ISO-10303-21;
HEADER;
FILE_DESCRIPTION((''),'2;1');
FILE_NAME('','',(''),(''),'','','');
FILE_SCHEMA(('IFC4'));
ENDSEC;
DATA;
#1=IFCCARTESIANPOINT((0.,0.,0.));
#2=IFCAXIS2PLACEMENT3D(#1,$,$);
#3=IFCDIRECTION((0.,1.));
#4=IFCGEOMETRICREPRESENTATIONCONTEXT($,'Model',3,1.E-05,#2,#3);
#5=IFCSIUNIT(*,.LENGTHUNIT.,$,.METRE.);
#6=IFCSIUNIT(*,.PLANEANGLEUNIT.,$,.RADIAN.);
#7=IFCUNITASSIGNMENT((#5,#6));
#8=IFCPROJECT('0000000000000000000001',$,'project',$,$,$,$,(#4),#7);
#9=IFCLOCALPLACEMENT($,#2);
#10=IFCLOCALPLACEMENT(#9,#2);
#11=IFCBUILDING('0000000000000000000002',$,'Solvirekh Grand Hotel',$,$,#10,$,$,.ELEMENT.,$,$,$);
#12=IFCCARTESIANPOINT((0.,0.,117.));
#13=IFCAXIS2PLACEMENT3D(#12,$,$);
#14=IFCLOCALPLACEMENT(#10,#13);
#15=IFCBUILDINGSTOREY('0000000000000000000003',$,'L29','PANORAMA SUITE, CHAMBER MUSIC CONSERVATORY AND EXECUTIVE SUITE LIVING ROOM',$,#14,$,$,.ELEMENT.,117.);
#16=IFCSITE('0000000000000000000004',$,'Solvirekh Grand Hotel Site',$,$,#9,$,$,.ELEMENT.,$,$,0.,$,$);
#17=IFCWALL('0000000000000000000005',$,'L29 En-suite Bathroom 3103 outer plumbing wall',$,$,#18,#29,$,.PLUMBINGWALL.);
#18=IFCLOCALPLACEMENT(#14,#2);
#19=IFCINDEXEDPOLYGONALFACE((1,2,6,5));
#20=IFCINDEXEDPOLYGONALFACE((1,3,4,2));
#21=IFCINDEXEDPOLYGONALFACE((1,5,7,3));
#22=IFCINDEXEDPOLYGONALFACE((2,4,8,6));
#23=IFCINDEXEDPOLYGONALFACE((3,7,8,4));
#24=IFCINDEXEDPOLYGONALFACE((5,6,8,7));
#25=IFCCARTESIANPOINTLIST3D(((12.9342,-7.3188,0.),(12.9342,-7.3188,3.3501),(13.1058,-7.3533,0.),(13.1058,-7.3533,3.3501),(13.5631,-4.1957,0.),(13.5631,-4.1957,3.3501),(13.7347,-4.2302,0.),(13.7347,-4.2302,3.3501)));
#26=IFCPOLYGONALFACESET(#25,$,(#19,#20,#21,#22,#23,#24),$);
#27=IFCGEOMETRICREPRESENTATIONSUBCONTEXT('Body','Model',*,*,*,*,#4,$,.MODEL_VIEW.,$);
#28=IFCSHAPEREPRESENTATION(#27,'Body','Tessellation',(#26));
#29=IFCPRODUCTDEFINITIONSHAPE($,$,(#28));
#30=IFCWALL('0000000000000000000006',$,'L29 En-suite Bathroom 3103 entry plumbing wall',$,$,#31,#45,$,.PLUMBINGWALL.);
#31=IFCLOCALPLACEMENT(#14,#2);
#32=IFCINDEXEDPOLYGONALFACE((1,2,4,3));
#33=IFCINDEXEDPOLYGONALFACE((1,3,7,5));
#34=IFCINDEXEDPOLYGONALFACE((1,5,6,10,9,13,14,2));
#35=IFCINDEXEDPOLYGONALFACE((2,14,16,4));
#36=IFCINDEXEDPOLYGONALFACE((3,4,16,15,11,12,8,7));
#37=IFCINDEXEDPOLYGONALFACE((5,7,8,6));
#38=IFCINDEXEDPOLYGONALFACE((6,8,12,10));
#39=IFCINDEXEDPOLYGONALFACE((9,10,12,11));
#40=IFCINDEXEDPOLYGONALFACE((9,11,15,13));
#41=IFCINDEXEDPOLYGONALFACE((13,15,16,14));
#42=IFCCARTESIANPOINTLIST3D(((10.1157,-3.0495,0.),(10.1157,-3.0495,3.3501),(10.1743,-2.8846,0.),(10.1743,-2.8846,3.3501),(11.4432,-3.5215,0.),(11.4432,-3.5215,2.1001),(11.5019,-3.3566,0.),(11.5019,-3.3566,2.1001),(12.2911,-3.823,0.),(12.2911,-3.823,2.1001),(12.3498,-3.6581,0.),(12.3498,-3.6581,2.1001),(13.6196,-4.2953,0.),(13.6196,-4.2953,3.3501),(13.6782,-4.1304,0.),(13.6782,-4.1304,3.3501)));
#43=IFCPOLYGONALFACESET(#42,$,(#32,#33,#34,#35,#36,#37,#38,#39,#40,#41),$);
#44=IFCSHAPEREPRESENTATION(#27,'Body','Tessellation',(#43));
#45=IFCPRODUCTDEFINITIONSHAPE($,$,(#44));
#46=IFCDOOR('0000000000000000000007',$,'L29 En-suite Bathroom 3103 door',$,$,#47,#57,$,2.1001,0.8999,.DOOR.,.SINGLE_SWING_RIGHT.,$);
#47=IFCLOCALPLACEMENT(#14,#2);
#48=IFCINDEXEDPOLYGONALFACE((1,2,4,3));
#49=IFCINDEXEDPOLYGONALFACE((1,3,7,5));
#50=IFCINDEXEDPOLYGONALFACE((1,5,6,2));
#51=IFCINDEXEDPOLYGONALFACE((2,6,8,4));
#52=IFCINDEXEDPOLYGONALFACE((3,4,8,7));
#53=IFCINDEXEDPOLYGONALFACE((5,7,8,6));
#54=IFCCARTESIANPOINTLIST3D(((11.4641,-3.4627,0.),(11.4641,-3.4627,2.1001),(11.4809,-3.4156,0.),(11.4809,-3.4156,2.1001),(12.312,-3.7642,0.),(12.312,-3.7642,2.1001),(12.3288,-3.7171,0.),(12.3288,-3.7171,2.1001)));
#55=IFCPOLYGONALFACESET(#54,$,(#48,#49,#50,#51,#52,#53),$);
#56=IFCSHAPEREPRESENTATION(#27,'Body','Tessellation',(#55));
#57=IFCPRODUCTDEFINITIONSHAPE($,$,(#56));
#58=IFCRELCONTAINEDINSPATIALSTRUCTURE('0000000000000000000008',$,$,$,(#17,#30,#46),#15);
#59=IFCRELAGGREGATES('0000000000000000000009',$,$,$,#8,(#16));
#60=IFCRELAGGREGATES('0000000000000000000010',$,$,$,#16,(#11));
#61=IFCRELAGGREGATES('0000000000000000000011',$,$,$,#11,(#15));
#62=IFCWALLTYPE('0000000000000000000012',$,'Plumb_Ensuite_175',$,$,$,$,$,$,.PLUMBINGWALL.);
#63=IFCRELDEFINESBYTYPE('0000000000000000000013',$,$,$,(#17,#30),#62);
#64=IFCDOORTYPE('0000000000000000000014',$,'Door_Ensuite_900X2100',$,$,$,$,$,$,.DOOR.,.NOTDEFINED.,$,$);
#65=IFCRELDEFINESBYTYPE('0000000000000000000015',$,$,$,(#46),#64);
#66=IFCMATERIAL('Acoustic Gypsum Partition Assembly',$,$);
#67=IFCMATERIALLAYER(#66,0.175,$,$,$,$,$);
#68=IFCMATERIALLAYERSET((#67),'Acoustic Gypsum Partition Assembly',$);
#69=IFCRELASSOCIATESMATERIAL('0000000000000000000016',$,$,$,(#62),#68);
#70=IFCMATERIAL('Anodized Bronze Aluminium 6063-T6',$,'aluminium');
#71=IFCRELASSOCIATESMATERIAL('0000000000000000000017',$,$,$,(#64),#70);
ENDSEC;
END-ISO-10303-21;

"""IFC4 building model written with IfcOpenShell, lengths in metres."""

from ifc_helpers import new_model, si_unit, direction, frame, frame_2d, origin, place, context, subcontext, project, spatial, rectangle, extrude, material, layer, layer_set, type_object, element, fill, save


model = new_model("IFC4")

# Units and contexts
model_context = context("Model", 3, precision=1e-05, world=origin(), true_north=direction((0.0, 1.0)))
body_context = subcontext(model_context, "Body", "Model", "MODEL_VIEW")
ifc_project = project(units=[si_unit("LENGTHUNIT", "METRE"), si_unit("PLANEANGLEUNIT", "RADIAN")], contexts=[model_context])

# Site, building, storey
site_placement = place(None, origin())
site = spatial("IfcSite", under=ifc_project, at=site_placement, Name="Solvirekh Grand Hotel Site", CompositionType="ELEMENT", RefElevation=0.0)
building_placement = place(site_placement, origin())
building = spatial("IfcBuilding", under=site, at=building_placement, Name="Solvirekh Grand Hotel", CompositionType="ELEMENT")
storey_placement = place(building_placement, frame((0.0, 0.0, 117.0)))
storey = spatial("IfcBuildingStorey", under=building, at=storey_placement, Name="L29", Description="PANORAMA SUITE, CHAMBER MUSIC CONSERVATORY AND EXECUTIVE SUITE LIVING ROOM", CompositionType="ELEMENT", Elevation=117.0)

# Shared definitions
ifc_material_1 = material(Name="Anodized Bronze Aluminium 6063-T6", Category="aluminium")

# Shared definitions
ifc_material_2 = material(Name="Acoustic Gypsum Partition Assembly")

# Wall
ifc_layer_1 = layer(ifc_material_2, 0.175)
ifc_layer_set_1 = layer_set([ifc_layer_1], Name="Acoustic Gypsum Partition Assembly")
wall_type_1 = type_object("IfcWallType", Name="Plumb_Ensuite_175", PredefinedType="PLUMBINGWALL", material=ifc_layer_set_1)
wall_1_placement = place(storey_placement, frame((13.02, -7.3359, 0.0), z_axis=(0.0, 0.0, 1.0), x_axis=(0.197413, 0.98032, 0.0)))
element("IfcWall", 1, at=wall_1_placement, inside=storey, type_object=wall_type_1, Name="L29 En-suite Bathroom 3103 outer plumbing wall", PredefinedType="PLUMBINGWALL", context=body_context, shape_type="SweptSolid", body=[
    extrude(rectangle(XDim=3.1858, YDim=0.175, at=frame_2d((1.5928, 0.0))), origin(), (0.0, 0.0, 1.0), 3.3501),
])

# Wall, opening, door
wall_2_placement = place(storey_placement, frame((10.145, -2.967, 0.0), z_axis=(0.0, 0.0, 1.0), x_axis=(0.942213, -0.335014, 0.0)))
wall_2 = element("IfcWall", 2, at=wall_2_placement, inside=storey, type_object=wall_type_1, Name="L29 En-suite Bathroom 3103 entry plumbing wall", PredefinedType="PLUMBINGWALL", context=body_context, shape_type="SweptSolid", body=[
    extrude(rectangle(XDim=3.7188, YDim=0.175, at=frame_2d((1.8594, 0.0))), origin(), (0.0, 0.0, 1.0), 3.3501),
])
opening_1_placement = place(wall_2_placement, frame((1.4089, 0.0, 0.0)))
opening_1 = element("IfcOpeningElement", 3, at=opening_1_placement, cuts=wall_2, PredefinedType="OPENING", context=body_context, shape_type="SweptSolid", body=[
    extrude(rectangle(XDim=0.8999, YDim=2.1001, at=frame_2d((0.45, 1.05))), frame((0.0, 0.0977, 0.0), z_axis=(0.0, -1.0, 0.0), x_axis=(1.0, 0.0, 0.0)), (0.0, 0.0, 1.0), 0.1951),
])
door_type_1 = type_object("IfcDoorType", Name="Door_Ensuite_900X2100", OperationType="NOTDEFINED", PredefinedType="DOOR", material=ifc_material_1)
door_1_placement = place(opening_1_placement, origin())
door_1 = element("IfcDoor", 4, at=door_1_placement, inside=storey, type_object=door_type_1, Name="L29 En-suite Bathroom 3103 door", OperationType="SINGLE_SWING_RIGHT", OverallHeight=2.1001, OverallWidth=0.8999, PredefinedType="DOOR", context=body_context, shape_type="SweptSolid", body=[
    extrude(rectangle(XDim=0.8999, YDim=2.1001, at=frame_2d((0.45, 1.05))), frame((0.0, 0.0249, 0.0), z_axis=(0.0, -1.0, 0.0), x_axis=(1.0, 0.0, 0.0)), (0.0, 0.0, 1.0), 0.05),
])
fill(opening_1, door_1)

save(model, "model.ifc")
